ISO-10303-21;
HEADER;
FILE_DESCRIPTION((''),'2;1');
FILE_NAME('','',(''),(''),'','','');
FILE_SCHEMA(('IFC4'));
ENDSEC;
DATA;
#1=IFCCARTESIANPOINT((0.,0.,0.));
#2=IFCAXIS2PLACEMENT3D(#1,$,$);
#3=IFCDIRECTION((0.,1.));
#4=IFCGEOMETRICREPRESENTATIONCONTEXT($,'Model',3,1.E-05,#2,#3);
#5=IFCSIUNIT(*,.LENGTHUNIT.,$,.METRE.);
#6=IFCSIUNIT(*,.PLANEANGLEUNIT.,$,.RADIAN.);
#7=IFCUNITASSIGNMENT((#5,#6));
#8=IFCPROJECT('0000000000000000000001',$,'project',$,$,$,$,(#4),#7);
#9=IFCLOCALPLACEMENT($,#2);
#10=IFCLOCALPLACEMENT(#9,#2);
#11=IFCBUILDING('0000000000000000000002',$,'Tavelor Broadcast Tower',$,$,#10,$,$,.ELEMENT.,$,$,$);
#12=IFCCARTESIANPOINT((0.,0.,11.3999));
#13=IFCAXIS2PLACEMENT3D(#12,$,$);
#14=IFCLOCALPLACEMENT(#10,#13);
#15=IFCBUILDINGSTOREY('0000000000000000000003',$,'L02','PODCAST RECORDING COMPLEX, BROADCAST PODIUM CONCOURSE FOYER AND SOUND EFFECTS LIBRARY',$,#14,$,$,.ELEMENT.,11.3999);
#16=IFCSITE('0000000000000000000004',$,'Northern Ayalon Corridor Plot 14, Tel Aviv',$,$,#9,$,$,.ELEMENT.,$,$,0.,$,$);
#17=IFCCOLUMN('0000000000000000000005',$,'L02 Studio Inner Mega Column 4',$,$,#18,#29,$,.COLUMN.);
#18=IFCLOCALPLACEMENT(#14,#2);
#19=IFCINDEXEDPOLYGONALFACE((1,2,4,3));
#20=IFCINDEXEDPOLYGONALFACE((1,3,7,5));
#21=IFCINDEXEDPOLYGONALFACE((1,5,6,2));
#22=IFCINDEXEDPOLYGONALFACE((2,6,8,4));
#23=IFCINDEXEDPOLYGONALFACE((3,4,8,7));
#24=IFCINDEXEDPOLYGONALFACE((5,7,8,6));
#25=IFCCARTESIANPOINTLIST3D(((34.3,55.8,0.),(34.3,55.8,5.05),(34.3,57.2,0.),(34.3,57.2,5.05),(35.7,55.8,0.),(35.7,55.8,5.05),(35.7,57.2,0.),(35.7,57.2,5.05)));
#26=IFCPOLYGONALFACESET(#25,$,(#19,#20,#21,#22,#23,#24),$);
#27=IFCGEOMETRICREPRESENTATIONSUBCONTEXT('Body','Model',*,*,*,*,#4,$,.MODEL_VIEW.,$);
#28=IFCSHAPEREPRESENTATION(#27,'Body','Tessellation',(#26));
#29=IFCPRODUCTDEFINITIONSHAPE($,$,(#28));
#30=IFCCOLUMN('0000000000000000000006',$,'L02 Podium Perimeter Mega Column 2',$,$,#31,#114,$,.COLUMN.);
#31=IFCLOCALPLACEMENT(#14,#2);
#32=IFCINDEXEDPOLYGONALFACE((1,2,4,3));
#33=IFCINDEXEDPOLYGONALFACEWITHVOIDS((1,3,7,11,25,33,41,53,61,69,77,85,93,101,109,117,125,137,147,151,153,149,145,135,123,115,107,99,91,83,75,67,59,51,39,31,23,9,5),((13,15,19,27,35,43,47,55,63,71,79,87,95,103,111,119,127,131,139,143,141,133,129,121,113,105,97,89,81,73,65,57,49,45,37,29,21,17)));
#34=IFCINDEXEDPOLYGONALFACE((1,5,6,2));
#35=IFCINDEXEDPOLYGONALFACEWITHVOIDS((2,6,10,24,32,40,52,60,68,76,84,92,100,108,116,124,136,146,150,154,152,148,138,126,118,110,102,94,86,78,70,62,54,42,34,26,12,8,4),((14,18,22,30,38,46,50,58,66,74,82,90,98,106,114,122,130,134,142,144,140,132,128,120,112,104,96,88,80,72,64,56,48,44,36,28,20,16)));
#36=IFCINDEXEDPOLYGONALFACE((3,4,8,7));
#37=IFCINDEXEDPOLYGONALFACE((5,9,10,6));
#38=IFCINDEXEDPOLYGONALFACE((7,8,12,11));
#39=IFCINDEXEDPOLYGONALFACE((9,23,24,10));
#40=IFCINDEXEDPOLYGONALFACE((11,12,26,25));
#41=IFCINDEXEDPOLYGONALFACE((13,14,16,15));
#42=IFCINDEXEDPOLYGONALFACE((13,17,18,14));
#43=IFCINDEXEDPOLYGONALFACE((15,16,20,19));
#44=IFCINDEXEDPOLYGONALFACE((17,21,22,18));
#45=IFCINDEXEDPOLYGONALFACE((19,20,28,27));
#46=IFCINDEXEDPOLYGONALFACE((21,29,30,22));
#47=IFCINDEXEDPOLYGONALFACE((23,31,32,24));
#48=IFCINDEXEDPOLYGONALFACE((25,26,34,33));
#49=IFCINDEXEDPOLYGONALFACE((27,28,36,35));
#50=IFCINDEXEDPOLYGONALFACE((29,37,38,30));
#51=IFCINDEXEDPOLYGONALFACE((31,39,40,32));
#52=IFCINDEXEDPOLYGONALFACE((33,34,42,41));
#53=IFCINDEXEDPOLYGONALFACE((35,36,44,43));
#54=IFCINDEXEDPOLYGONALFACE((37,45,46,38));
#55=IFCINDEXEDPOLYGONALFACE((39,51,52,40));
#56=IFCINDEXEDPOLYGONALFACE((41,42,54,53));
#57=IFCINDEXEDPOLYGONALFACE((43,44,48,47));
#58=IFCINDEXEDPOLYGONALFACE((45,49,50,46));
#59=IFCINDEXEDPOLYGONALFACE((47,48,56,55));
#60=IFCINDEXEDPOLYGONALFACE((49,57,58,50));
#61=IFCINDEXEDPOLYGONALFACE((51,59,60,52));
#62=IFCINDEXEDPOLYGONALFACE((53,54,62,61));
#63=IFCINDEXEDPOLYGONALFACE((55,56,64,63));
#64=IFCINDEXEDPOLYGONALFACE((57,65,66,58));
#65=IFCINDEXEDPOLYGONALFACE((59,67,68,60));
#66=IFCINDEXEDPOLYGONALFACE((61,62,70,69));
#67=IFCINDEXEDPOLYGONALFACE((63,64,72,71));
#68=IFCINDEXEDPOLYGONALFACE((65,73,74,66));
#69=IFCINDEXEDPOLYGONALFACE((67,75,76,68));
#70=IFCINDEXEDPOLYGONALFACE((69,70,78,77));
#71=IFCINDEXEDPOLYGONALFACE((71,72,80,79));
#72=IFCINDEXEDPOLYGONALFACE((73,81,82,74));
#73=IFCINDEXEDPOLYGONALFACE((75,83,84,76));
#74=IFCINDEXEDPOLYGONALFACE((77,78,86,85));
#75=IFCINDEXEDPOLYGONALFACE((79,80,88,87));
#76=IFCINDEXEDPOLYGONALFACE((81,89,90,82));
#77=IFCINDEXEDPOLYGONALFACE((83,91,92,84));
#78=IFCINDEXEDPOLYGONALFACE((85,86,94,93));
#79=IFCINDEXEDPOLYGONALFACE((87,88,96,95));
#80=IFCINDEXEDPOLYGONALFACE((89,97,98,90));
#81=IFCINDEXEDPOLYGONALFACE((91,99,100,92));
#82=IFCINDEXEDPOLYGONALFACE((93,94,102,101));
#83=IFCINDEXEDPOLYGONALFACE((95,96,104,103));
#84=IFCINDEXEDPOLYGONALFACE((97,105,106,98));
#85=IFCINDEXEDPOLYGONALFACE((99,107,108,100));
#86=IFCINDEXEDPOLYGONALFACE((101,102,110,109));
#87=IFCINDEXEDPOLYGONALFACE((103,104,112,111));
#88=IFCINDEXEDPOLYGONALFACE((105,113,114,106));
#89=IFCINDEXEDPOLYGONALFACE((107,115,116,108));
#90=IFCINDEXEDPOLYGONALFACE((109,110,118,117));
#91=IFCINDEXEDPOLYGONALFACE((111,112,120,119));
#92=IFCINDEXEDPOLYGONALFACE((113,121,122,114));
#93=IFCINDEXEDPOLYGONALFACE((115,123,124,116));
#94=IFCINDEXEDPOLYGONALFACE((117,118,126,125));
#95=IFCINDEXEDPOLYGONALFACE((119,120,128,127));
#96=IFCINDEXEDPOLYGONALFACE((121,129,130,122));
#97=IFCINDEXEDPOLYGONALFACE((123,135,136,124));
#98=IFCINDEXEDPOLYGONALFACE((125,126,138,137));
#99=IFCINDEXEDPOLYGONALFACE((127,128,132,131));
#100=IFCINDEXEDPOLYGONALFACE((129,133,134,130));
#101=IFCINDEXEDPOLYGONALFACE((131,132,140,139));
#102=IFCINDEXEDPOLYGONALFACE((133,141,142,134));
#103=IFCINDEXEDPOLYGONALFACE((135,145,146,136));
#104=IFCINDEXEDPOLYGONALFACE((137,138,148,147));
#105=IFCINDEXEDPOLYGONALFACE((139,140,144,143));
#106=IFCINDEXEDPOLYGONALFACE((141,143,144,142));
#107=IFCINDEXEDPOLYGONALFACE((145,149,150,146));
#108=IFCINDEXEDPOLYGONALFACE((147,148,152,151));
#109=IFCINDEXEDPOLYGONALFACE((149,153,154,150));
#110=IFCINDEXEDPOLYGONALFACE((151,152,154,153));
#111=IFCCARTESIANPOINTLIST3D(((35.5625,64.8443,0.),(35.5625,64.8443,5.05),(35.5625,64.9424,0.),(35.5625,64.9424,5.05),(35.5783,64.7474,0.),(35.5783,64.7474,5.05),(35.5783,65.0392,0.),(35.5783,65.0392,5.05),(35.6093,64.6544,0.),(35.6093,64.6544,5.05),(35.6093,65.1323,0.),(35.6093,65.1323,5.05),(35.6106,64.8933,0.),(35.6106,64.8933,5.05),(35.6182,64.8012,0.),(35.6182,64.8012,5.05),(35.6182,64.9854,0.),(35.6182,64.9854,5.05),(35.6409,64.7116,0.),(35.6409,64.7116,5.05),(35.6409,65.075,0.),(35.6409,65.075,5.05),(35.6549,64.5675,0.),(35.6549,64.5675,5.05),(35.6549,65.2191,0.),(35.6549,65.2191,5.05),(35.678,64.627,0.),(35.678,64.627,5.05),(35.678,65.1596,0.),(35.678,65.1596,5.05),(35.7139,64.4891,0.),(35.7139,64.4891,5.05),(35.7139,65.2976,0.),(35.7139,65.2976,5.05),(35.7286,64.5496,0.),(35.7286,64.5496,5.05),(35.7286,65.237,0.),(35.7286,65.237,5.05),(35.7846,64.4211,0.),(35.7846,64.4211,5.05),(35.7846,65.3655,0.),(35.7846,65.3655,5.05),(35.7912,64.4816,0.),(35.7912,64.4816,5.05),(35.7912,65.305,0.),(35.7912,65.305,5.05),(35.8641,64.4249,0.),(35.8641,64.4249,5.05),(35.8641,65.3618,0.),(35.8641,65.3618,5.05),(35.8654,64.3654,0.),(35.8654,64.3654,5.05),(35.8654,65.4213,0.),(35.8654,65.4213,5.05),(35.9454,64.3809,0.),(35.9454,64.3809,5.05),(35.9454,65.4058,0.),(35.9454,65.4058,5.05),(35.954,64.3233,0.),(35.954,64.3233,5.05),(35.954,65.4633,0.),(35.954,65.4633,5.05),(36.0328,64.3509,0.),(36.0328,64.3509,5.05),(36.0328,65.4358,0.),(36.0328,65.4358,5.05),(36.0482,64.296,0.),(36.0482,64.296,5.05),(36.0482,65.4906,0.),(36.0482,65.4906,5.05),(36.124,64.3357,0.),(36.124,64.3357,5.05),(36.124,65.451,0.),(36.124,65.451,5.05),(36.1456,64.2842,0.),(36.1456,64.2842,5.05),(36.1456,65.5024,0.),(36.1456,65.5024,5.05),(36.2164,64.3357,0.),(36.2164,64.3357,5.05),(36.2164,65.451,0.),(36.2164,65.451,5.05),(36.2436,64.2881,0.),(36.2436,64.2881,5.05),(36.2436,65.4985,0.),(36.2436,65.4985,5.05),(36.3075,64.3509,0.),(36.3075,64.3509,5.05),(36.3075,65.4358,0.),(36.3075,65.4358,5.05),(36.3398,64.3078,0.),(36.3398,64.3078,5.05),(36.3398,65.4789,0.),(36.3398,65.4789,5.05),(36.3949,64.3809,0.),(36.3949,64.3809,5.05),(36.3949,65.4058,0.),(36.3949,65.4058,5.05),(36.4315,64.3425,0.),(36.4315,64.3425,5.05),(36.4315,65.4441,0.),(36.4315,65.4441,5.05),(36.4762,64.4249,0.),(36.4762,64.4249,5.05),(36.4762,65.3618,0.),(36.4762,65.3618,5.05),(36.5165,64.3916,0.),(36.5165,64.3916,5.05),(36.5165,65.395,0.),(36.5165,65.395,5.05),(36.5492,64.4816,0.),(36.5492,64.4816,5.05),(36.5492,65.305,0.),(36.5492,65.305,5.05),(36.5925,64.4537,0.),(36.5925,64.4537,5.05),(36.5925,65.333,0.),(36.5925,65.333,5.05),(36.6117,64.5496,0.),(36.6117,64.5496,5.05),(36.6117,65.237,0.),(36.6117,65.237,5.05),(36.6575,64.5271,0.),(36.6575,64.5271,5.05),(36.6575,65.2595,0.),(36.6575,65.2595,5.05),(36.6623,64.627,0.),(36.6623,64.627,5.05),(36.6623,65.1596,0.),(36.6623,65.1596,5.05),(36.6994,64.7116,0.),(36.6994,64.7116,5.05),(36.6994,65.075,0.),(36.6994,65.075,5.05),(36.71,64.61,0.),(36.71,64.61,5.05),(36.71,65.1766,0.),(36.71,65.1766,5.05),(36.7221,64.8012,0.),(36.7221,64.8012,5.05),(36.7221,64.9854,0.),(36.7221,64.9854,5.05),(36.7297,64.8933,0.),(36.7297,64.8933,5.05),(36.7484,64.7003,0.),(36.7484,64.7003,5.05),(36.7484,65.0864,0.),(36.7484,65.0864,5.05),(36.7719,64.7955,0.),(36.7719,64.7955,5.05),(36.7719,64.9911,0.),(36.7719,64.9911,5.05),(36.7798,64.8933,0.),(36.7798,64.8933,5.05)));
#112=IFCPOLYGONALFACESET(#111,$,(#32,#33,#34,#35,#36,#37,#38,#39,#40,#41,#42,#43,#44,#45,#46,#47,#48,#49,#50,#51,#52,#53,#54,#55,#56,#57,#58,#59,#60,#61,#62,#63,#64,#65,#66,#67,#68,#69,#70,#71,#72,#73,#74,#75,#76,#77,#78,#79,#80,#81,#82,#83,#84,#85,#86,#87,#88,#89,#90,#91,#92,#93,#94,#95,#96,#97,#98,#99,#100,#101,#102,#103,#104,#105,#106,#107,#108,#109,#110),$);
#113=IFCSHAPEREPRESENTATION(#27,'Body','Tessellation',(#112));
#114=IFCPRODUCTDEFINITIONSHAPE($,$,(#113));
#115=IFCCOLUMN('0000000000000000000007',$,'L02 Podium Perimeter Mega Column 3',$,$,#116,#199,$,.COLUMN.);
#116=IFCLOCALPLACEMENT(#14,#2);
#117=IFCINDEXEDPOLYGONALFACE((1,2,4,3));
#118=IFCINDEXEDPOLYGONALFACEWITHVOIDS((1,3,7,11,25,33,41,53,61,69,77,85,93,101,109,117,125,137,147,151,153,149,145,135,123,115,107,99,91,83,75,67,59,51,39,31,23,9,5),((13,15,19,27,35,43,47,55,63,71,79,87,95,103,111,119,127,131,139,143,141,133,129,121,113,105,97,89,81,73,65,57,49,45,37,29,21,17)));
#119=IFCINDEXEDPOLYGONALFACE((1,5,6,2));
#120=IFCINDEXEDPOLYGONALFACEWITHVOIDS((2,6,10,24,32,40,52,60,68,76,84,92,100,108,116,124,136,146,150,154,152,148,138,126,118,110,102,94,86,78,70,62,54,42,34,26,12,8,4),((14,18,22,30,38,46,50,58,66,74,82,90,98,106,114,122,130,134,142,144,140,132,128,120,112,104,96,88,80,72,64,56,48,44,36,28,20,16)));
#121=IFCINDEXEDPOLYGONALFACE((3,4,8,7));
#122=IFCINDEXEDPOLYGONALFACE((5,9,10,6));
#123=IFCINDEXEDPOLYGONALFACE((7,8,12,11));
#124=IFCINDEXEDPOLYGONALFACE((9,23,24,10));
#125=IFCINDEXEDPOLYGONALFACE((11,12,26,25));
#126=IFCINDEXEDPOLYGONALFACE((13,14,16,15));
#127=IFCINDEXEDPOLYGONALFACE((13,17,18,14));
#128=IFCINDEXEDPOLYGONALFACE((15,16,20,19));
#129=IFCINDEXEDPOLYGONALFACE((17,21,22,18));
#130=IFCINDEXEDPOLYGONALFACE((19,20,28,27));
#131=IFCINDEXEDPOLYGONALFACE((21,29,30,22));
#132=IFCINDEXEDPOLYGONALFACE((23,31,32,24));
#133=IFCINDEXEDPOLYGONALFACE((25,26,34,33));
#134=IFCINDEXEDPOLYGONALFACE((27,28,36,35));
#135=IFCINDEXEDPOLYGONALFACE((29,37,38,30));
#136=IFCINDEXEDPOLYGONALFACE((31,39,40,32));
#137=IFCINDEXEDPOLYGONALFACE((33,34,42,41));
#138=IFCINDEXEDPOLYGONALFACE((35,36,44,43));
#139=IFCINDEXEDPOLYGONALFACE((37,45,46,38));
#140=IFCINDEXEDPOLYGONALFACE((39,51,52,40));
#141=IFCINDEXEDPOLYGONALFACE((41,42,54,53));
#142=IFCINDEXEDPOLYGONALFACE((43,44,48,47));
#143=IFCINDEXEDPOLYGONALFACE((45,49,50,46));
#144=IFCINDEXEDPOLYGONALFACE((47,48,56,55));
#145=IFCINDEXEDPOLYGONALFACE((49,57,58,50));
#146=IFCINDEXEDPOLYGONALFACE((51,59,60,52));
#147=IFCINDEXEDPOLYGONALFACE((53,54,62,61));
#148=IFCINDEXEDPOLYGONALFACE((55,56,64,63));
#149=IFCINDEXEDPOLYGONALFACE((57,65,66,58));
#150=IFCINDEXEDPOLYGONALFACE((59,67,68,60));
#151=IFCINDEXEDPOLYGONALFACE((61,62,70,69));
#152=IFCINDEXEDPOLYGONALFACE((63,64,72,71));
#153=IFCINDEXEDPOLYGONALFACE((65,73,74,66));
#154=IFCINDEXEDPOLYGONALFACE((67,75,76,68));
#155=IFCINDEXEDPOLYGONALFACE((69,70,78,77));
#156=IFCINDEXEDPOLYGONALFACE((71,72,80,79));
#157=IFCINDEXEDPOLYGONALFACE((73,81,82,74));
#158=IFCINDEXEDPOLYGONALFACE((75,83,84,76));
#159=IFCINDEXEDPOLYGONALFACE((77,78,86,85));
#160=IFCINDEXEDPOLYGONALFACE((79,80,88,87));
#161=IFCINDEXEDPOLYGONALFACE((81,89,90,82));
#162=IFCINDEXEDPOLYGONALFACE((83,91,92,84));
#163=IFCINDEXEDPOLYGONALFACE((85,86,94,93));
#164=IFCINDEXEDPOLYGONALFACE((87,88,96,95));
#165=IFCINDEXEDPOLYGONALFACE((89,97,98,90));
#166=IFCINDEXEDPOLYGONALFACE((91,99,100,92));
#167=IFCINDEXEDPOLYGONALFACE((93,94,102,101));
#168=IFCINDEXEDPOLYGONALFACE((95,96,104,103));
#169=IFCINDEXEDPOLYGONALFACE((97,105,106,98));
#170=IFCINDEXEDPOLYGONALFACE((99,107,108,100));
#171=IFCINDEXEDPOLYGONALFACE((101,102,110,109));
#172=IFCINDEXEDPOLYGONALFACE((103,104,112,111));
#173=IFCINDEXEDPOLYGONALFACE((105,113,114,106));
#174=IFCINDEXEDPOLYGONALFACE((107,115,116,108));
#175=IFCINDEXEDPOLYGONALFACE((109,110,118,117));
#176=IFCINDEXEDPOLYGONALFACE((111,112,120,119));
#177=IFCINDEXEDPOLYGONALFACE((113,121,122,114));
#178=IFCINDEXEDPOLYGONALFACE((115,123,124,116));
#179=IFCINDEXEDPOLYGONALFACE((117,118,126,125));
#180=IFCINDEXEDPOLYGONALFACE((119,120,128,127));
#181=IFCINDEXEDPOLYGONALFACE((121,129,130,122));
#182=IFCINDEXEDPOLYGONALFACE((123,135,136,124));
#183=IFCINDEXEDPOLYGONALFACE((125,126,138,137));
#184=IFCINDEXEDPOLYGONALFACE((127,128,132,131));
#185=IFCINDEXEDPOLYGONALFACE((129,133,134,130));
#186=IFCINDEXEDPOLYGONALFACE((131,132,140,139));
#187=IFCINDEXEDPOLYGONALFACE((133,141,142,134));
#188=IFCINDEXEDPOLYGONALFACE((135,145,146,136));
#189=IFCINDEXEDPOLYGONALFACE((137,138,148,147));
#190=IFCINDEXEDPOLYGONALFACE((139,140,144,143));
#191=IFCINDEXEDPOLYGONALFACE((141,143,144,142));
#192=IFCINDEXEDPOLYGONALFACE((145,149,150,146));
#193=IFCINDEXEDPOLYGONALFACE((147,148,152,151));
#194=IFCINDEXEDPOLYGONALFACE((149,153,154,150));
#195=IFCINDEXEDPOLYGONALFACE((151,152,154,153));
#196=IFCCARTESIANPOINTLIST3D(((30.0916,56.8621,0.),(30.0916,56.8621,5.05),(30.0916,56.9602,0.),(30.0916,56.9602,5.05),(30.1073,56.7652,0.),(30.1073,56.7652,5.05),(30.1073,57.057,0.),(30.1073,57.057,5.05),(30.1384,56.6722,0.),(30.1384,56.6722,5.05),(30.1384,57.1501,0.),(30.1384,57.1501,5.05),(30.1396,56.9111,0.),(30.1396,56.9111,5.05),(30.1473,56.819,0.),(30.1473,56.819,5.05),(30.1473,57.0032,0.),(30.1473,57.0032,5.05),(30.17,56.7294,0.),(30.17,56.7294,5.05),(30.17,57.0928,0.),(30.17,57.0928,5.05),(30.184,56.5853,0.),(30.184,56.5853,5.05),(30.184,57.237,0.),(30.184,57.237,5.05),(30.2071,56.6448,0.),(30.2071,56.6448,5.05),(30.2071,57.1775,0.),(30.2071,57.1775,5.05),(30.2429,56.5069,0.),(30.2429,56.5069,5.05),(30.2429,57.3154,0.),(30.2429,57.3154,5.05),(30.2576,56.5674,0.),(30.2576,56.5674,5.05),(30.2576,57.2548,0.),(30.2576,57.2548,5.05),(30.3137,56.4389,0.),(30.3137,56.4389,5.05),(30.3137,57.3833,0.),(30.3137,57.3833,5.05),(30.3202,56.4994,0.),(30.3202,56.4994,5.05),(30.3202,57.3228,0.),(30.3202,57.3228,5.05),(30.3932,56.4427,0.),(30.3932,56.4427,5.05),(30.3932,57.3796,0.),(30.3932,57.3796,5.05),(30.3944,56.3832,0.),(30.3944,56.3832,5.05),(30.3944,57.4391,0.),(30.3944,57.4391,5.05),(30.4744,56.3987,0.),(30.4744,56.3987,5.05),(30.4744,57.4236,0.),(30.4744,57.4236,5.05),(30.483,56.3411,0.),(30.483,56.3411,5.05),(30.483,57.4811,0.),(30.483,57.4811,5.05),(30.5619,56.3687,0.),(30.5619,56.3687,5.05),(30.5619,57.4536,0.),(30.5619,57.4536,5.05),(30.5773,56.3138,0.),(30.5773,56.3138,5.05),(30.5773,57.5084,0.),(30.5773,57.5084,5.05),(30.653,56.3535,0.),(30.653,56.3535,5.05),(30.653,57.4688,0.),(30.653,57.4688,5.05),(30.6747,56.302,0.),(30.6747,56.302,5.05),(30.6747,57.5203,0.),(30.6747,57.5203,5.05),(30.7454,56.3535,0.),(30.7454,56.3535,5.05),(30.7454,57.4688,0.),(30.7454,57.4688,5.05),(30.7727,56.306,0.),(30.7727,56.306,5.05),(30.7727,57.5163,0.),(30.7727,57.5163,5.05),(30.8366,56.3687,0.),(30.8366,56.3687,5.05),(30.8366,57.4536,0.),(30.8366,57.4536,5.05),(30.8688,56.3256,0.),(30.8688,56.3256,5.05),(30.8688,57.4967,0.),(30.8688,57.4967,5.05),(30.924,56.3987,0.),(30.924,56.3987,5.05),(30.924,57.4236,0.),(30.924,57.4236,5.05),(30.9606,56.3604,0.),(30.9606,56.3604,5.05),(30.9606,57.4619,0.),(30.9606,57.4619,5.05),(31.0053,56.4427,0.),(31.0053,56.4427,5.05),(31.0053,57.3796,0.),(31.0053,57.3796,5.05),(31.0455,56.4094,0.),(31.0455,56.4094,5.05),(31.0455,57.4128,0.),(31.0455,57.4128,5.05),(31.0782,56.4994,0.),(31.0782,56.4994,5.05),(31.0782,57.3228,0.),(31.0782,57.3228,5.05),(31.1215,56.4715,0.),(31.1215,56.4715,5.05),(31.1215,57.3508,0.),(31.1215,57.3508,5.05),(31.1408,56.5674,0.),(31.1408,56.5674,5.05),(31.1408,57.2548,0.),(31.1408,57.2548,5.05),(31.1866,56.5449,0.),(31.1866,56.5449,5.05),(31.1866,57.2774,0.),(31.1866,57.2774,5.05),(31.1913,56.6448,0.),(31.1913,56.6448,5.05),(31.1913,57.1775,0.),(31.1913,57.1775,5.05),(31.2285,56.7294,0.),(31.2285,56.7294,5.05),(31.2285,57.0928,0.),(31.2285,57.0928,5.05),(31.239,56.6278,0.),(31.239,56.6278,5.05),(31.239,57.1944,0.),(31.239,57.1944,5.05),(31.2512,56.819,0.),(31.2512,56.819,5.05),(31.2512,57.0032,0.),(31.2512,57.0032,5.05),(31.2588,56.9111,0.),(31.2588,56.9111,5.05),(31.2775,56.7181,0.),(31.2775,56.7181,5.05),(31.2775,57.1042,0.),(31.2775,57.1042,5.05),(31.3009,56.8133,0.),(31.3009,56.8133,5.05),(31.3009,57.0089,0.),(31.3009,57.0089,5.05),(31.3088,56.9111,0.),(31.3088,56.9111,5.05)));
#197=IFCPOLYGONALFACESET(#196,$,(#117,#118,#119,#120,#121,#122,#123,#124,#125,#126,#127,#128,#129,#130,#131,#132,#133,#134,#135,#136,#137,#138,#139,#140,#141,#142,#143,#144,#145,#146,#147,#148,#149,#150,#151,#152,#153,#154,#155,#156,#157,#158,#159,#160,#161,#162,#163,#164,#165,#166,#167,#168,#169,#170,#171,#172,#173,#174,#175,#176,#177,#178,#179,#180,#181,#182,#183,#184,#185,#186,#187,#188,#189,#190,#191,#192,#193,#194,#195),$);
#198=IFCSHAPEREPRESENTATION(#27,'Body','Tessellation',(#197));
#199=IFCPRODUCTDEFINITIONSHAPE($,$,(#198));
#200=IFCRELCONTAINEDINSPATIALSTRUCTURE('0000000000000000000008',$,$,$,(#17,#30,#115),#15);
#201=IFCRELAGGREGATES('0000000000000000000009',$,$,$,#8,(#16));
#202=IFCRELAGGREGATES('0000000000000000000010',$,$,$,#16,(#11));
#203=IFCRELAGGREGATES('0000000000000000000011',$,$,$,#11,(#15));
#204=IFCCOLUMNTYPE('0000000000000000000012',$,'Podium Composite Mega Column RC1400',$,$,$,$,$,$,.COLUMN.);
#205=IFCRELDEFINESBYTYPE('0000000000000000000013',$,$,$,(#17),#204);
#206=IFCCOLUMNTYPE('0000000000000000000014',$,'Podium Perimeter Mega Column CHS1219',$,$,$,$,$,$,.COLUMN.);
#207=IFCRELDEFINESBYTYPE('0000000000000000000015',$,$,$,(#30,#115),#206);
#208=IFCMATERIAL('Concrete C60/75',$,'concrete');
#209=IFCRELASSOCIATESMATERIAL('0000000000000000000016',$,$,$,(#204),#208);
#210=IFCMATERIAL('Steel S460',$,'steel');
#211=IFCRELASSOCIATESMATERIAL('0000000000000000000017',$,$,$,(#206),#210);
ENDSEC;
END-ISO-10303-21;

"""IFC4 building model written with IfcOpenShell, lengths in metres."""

from ifc_helpers import new_model, si_unit, direction, frame, origin, origin_2d, place, context, subcontext, project, spatial, rectangle, hollow_circle, extrude, material, material_profile, profile_set, type_object, element, save


model = new_model("IFC4")

# Units and contexts
model_context = context("Model", 3, precision=1e-05, world=origin(), true_north=direction((0.0, 1.0)))
body_context = subcontext(model_context, "Body", "Model", "MODEL_VIEW")
ifc_project = project(units=[si_unit("LENGTHUNIT", "METRE"), si_unit("PLANEANGLEUNIT", "RADIAN")], contexts=[model_context])

# Site, building, storey
site_placement = place(None, origin())
site = spatial("IfcSite", under=ifc_project, at=site_placement, Name="Northern Ayalon Corridor Plot 14, Tel Aviv", CompositionType="ELEMENT", RefElevation=0.0)
building_placement = place(site_placement, origin())
building = spatial("IfcBuilding", under=site, at=building_placement, Name="Tavelor Broadcast Tower", CompositionType="ELEMENT")
storey_placement = place(building_placement, frame((0.0, 0.0, 11.3999)))
storey = spatial("IfcBuildingStorey", under=building, at=storey_placement, Name="L02", Description="PODCAST RECORDING COMPLEX, BROADCAST PODIUM CONCOURSE FOYER AND SOUND EFFECTS LIBRARY", CompositionType="ELEMENT", Elevation=11.3999)

# Columns
ifc_material_1 = material(Name="Concrete C60/75", Category="concrete")
ifc_material_profile_1 = material_profile(ifc_material_1, rectangle(XDim=1.3999, YDim=1.3999, at=origin_2d()), Name="RC 1400x1400")
ifc_profile_set_1 = profile_set([ifc_material_profile_1], Name="Concrete C60/75")
column_type_1 = type_object("IfcColumnType", Name="Podium Composite Mega Column RC1400", PredefinedType="COLUMN", material=ifc_profile_set_1)
column_placement = place(storey_placement, frame((35.0, 56.5, 0.0), z_axis=(0.0, 0.0, 1.0), x_axis=(1.0, 0.0, 0.0)))
element("IfcColumn", 1, at=column_placement, inside=storey, type_object=column_type_1, Name="L02 Studio Inner Mega Column 4", PredefinedType="COLUMN", context=body_context, shape_type="SweptSolid", body=[
    extrude(rectangle(XDim=1.3999, YDim=1.3999, at=origin_2d()), origin(), (0.0, 0.0, 1.0), 5.05),
])
ifc_material_2 = material(Name="Steel S460", Category="steel")
ifc_material_profile_2 = material_profile(ifc_material_2, hollow_circle(Radius=0.6096, WallThickness=0.05, at=origin_2d()), Name="CHS 1219x50")
ifc_profile_set_2 = profile_set([ifc_material_profile_2], Name="Steel S460")
column_type_2 = type_object("IfcColumnType", Name="Podium Perimeter Mega Column CHS1219", PredefinedType="COLUMN", material=ifc_profile_set_2)
for number, where, z_axis, x_axis, name in (
    (2, (36.1702, 64.8933, 0.0), (0.0, 0.0, 1.0), (1.0, 0.0, 0.0), "L02 Podium Perimeter Mega Column 2"),
    (3, (30.6992, 56.9111, 0.0), (0.0, 0.0, 1.0), (1.0, 0.0, 0.0), "L02 Podium Perimeter Mega Column 3"),
):
    element("IfcColumn", number, at=place(storey_placement, frame(where, z_axis=z_axis, x_axis=x_axis)), inside=storey, type_object=column_type_2, Name=name, PredefinedType="COLUMN", context=body_context, shape_type="SweptSolid", body=[
        extrude(hollow_circle(Radius=0.6096, WallThickness=0.05, at=origin_2d()), origin(), (0.0, 0.0, 1.0), 5.05),
    ])

save(model, "model.ifc")
